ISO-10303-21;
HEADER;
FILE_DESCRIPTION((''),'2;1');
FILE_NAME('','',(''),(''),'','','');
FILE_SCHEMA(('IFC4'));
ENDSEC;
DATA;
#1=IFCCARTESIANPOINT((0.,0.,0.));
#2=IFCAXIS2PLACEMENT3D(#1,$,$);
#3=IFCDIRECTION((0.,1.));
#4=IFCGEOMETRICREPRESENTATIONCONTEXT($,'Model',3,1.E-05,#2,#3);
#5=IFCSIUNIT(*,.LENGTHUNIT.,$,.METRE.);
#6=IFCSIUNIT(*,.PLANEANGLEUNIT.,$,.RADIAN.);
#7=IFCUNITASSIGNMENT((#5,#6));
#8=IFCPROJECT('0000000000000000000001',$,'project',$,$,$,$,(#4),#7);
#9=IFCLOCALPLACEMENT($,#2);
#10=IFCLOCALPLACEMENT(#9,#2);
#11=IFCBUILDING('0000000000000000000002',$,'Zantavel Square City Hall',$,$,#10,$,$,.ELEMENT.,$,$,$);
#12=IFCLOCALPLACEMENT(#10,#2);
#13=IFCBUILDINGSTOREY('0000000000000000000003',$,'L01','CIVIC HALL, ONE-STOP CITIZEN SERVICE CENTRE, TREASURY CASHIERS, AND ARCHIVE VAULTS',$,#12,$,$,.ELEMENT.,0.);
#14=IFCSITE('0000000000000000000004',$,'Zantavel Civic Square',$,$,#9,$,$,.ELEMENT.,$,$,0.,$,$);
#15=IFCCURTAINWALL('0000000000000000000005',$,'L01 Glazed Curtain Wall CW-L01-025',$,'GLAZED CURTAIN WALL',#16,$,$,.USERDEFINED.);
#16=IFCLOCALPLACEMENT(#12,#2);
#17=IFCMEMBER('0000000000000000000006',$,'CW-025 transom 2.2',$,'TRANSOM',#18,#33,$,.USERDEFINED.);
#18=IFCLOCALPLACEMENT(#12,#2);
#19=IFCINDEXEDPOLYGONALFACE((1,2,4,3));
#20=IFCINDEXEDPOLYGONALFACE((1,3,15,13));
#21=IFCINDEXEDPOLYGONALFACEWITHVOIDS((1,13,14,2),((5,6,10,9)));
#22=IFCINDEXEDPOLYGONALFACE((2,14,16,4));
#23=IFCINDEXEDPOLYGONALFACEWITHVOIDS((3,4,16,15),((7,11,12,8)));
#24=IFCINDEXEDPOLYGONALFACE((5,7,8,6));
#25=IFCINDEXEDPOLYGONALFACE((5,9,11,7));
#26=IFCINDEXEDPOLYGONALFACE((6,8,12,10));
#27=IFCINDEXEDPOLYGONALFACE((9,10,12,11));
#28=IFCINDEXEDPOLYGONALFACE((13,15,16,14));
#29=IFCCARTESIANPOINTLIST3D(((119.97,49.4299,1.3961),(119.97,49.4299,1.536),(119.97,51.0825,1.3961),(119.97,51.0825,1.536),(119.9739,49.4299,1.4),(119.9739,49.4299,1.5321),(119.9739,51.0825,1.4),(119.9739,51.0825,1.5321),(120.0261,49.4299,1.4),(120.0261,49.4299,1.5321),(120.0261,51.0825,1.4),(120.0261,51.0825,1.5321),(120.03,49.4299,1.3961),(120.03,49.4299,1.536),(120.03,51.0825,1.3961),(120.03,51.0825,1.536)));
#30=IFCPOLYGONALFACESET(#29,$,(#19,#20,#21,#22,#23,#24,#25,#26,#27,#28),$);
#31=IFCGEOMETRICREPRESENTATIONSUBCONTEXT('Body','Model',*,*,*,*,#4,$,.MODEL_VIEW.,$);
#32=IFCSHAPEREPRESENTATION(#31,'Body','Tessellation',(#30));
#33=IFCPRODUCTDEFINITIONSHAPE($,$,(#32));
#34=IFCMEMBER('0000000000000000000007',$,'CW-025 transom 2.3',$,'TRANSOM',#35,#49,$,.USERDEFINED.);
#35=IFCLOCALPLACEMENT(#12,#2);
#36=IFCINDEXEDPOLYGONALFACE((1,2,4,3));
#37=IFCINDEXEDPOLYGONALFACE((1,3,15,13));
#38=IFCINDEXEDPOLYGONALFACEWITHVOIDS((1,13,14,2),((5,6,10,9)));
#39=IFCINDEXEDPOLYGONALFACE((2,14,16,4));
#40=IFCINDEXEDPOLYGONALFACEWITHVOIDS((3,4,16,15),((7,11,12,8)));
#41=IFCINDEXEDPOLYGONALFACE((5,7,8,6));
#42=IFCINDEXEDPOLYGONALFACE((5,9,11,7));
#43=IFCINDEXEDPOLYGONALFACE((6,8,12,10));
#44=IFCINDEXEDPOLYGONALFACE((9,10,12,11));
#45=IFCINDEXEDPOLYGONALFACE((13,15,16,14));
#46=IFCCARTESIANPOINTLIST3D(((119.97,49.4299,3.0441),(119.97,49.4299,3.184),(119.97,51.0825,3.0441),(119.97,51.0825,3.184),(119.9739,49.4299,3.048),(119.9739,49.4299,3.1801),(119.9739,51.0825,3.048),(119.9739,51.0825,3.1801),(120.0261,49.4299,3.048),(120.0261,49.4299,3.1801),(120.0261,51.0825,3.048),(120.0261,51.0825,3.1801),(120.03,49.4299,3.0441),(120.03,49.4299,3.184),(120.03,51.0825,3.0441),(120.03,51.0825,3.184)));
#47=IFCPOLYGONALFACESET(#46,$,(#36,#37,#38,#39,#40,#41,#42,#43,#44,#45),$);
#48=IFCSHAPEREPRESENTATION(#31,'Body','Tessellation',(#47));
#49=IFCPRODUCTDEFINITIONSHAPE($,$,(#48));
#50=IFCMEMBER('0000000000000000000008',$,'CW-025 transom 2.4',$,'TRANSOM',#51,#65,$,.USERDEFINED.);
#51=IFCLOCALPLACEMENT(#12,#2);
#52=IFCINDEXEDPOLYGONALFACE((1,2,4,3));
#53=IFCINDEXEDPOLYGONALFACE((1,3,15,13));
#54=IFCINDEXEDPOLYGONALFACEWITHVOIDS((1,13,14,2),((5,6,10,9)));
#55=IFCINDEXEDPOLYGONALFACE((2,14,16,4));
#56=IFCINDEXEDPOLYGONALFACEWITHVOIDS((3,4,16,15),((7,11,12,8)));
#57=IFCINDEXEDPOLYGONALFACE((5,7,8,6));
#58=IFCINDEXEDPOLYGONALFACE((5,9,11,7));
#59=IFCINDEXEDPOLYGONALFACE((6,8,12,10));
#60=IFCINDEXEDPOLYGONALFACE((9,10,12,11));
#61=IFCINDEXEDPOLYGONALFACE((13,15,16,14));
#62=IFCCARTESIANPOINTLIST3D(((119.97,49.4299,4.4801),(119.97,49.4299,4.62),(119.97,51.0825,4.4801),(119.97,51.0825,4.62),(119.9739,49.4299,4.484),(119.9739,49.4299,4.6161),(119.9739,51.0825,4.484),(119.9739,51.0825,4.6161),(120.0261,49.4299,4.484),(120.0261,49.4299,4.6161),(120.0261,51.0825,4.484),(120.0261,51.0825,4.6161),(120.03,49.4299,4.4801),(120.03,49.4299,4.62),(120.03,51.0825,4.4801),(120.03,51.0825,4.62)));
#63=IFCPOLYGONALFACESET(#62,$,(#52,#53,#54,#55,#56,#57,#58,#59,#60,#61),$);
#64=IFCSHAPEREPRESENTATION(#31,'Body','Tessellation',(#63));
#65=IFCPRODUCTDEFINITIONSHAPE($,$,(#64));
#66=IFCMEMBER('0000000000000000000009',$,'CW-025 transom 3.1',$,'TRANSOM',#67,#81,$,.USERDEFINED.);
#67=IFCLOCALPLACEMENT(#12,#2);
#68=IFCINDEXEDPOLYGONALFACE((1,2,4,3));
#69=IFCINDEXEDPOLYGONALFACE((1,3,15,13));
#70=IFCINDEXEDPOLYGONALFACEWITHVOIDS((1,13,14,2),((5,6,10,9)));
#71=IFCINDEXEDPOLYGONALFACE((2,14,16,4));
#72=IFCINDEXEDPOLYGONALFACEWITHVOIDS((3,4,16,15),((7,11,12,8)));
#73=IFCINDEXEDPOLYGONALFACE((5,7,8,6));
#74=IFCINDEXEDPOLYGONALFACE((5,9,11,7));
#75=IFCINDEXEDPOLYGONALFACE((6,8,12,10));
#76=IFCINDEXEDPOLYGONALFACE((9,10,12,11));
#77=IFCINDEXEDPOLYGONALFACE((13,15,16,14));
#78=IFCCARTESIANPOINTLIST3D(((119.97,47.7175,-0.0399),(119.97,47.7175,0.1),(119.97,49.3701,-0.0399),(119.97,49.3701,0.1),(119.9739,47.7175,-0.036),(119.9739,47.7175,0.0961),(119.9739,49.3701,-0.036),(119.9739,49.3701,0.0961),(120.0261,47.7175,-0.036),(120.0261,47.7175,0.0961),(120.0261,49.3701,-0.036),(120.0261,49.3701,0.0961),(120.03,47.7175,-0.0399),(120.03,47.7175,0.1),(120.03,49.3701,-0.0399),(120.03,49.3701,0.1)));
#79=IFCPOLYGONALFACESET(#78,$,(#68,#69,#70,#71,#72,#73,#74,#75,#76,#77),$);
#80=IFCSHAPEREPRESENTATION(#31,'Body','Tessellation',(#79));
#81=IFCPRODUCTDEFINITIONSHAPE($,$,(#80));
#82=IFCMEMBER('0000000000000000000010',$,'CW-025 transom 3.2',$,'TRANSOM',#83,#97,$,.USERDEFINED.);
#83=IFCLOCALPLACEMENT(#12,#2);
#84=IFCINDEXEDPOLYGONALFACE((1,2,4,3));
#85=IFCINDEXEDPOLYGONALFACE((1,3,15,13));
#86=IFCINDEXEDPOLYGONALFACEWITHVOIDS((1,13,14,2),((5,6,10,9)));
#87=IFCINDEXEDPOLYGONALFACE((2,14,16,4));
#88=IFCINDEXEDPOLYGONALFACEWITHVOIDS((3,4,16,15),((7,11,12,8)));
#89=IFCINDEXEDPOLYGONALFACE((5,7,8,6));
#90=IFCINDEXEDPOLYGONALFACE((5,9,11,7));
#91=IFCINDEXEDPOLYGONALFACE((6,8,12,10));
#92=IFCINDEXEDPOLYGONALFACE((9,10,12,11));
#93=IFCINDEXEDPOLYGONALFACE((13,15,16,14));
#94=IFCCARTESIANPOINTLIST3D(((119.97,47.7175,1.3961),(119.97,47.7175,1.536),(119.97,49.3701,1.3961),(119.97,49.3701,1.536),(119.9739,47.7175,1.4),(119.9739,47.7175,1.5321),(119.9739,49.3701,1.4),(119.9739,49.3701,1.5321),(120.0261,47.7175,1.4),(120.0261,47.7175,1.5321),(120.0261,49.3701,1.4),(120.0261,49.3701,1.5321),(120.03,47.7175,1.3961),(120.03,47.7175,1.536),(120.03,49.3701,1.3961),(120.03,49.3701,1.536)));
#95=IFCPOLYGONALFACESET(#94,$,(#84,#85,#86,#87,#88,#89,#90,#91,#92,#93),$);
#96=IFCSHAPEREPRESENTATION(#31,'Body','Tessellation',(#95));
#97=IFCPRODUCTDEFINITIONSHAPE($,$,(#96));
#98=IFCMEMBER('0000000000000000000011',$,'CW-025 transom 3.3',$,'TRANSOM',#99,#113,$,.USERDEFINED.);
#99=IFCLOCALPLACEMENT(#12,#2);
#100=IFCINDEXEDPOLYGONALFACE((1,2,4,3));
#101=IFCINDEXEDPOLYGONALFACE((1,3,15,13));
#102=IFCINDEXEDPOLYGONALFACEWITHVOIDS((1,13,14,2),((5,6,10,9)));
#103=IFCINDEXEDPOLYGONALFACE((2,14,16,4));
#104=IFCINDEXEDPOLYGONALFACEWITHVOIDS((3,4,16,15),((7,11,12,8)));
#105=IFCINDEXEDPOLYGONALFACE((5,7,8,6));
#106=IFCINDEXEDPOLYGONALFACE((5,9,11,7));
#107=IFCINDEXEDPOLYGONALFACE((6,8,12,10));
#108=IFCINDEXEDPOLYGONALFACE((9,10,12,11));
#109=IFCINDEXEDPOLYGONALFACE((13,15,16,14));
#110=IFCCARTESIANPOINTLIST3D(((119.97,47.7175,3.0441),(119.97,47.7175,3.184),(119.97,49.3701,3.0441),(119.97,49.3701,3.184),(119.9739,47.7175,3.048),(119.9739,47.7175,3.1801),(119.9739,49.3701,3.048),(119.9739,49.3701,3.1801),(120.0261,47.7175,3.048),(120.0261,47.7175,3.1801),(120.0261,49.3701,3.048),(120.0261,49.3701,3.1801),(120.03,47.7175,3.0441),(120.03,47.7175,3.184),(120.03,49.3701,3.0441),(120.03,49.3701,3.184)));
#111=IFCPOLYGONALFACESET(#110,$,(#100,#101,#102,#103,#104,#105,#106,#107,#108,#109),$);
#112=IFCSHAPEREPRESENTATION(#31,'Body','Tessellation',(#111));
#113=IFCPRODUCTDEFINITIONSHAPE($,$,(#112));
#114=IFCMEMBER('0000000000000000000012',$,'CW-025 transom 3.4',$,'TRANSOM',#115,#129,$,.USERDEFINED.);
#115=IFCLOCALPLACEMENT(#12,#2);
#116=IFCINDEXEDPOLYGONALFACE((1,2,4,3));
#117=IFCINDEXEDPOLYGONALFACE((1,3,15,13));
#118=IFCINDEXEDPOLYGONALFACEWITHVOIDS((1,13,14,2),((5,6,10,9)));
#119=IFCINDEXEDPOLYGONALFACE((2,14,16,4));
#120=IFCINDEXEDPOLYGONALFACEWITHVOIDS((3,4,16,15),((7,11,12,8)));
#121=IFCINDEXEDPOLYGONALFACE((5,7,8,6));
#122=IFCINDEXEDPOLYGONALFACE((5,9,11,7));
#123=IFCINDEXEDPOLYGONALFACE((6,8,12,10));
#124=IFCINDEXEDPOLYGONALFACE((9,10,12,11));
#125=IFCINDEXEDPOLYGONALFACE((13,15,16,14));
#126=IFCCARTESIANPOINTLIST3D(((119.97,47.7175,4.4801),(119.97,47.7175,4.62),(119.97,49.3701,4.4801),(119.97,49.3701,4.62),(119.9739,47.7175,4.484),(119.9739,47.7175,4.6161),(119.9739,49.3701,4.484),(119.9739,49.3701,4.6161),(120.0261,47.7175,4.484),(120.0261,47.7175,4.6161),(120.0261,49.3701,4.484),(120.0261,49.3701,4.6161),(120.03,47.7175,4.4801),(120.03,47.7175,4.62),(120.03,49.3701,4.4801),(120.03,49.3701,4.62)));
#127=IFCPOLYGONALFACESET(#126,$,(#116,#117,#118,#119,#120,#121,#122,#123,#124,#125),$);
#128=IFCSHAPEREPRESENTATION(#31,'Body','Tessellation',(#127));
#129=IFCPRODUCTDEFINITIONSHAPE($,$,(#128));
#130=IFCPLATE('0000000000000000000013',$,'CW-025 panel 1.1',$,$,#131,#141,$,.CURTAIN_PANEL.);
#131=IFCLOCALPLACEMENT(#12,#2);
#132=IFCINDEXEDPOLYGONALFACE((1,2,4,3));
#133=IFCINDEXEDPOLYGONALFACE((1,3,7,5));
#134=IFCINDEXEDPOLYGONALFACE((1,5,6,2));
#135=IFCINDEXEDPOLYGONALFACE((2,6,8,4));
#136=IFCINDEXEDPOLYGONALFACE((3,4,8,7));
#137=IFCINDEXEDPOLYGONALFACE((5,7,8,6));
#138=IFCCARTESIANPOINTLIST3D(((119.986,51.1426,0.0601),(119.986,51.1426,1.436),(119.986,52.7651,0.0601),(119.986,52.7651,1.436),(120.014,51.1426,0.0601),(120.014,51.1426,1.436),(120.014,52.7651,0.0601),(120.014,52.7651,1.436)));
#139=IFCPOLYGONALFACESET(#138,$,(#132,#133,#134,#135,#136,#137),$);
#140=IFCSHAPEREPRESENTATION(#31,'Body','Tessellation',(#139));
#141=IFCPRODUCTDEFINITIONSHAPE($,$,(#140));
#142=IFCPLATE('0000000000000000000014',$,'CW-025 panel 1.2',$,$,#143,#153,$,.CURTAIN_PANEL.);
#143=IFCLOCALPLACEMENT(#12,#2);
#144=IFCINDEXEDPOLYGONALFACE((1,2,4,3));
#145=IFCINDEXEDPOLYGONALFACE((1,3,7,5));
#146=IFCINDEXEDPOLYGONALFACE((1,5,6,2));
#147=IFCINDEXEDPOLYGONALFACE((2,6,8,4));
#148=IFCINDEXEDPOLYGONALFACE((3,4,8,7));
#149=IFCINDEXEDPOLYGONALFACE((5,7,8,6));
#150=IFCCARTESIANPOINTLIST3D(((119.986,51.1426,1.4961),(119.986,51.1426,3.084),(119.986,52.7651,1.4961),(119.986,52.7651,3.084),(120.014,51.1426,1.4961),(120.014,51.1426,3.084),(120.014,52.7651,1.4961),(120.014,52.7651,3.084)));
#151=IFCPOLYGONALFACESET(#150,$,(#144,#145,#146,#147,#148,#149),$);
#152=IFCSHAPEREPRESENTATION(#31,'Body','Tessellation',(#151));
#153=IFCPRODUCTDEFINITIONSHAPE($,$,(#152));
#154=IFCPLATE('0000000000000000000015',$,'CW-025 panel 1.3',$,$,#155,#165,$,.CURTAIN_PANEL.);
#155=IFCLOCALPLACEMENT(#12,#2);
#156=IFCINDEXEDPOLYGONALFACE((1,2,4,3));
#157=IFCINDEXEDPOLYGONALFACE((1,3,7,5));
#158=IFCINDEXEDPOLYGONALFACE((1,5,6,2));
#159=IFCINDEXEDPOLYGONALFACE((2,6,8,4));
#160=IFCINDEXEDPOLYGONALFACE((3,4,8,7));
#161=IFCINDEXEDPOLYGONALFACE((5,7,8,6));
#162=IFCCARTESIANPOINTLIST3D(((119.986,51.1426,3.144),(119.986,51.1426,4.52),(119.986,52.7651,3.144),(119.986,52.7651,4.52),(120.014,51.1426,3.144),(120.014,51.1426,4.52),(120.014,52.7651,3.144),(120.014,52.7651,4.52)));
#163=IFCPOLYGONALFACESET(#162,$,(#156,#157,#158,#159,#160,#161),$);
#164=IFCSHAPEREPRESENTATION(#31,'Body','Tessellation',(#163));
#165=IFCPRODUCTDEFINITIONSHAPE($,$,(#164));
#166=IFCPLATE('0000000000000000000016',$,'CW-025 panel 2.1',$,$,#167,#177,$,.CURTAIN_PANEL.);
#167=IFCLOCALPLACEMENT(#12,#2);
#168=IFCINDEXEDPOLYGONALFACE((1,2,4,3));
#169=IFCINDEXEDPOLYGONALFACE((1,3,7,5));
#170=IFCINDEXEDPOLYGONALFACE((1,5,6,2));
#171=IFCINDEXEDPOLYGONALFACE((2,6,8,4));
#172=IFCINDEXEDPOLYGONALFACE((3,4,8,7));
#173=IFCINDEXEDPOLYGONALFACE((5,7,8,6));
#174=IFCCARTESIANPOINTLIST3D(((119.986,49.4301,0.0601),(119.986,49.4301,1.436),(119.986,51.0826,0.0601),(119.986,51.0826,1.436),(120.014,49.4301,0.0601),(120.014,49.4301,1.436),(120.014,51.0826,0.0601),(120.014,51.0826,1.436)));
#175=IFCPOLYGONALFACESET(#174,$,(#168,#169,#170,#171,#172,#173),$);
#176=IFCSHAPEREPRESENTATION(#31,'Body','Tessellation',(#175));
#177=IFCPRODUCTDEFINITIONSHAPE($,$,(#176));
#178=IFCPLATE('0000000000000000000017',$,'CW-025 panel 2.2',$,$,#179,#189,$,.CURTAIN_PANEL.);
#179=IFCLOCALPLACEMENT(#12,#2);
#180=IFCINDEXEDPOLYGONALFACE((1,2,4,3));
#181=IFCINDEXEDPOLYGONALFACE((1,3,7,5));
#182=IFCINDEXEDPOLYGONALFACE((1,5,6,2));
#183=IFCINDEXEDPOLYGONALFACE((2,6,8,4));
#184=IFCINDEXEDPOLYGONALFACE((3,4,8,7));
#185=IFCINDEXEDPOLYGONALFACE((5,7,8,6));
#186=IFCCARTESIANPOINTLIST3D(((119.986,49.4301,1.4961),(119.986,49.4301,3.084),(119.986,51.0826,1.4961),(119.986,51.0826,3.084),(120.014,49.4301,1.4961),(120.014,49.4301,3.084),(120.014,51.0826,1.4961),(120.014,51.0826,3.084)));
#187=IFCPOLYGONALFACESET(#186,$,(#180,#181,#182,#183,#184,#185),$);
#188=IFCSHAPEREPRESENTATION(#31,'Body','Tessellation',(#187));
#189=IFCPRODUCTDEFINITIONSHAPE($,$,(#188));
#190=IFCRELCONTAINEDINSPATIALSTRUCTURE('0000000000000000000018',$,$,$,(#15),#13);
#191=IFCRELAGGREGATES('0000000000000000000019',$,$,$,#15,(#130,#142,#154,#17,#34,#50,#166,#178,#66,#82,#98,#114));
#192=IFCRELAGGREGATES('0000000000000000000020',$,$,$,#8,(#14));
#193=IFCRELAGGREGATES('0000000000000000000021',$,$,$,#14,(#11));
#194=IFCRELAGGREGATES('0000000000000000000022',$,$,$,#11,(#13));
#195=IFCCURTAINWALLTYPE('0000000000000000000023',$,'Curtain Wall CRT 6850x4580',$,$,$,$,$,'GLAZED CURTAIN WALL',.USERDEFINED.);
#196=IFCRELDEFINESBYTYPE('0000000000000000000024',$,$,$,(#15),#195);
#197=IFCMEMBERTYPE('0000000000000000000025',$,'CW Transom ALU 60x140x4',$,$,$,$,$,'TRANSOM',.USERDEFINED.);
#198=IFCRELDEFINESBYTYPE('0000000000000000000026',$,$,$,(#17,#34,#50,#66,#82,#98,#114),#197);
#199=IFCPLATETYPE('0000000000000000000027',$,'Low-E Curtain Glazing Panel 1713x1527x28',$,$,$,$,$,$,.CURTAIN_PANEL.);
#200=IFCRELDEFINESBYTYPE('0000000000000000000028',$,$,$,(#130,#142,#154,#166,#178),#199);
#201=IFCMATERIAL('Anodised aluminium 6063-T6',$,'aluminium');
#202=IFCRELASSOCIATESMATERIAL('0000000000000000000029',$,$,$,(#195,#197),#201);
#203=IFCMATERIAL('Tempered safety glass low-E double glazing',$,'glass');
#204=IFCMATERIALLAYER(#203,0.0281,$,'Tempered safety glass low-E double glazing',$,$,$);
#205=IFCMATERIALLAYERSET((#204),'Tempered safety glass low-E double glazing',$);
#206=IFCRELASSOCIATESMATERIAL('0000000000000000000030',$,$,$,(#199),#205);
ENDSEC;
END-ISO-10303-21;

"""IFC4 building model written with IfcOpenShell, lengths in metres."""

from ifc_helpers import new_model, si_unit, direction, frame, origin, origin_2d, place, context, subcontext, project, spatial, rectangle, hollow_rectangle, extrude, material, layer, layer_set, material_profile, profile_set, type_object, element, aggregate, save


model = new_model("IFC4")

# Units and contexts
model_context = context("Model", 3, precision=1e-05, world=origin(), true_north=direction((0.0, 1.0)))
body_context = subcontext(model_context, "Body", "Model", "MODEL_VIEW")
ifc_project = project(units=[si_unit("LENGTHUNIT", "METRE"), si_unit("PLANEANGLEUNIT", "RADIAN")], contexts=[model_context])

# Site, building, storey
site_placement = place(None, origin())
site = spatial("IfcSite", under=ifc_project, at=site_placement, Name="Zantavel Civic Square", CompositionType="ELEMENT", RefElevation=0.0)
building_placement = place(site_placement, origin())
building = spatial("IfcBuilding", under=site, at=building_placement, Name="Zantavel Square City Hall", CompositionType="ELEMENT")
storey_placement = place(building_placement, origin())
storey = spatial("IfcBuildingStorey", under=building, at=storey_placement, Name="L01", Description="CIVIC HALL, ONE-STOP CITIZEN SERVICE CENTRE, TREASURY CASHIERS, AND ARCHIVE VAULTS", CompositionType="ELEMENT", Elevation=0.0)

# Curtain wall, members, plates
ifc_material_1 = material(Name="Anodised aluminium 6063-T6", Category="aluminium")
curtain_wall_type = type_object("IfcCurtainWallType", Name="Curtain Wall CRT 6850x4580", ElementType="GLAZED CURTAIN WALL", PredefinedType="USERDEFINED", material=ifc_material_1)
curtain_wall_placement = place(storey_placement, origin())
curtain_wall = element("IfcCurtainWall", 1, at=curtain_wall_placement, inside=storey, type_object=curtain_wall_type, Name="L01 Glazed Curtain Wall CW-L01-025", ObjectType="GLAZED CURTAIN WALL", PredefinedType="USERDEFINED")
ifc_material_profile_1 = material_profile(ifc_material_1, hollow_rectangle(XDim=0.0601, YDim=0.1399, WallThickness=0.0039, at=origin_2d()), Name="ALU 60x140x4")
ifc_profile_set_1 = profile_set([ifc_material_profile_1], Name="Anodised aluminium 6063-T6")
member_type_1 = type_object("IfcMemberType", Name="CW Transom ALU 60x140x4", ElementType="TRANSOM", PredefinedType="USERDEFINED", material=ifc_profile_set_1)
member_1_placement = place(storey_placement, frame((120.0, 51.0825, 1.4661), z_axis=(0.0, -1.0, 0.0), x_axis=(1.0, 0.0, 0.0)))
member_1 = element("IfcMember", 2, at=member_1_placement, type_object=member_type_1, Name="CW-025 transom 2.2", ObjectType="TRANSOM", PredefinedType="USERDEFINED", context=body_context, shape_type="SweptSolid", body=[
    extrude(hollow_rectangle(XDim=0.0601, YDim=0.1399, WallThickness=0.0039, at=origin_2d()), origin(), (0.0, 0.0, 1.0), 1.6526),
])
member_2_placement = place(storey_placement, frame((120.0, 51.0825, 3.114), z_axis=(0.0, -1.0, 0.0), x_axis=(1.0, 0.0, 0.0)))
member_2 = element("IfcMember", 3, at=member_2_placement, type_object=member_type_1, Name="CW-025 transom 2.3", ObjectType="TRANSOM", PredefinedType="USERDEFINED", context=body_context, shape_type="SweptSolid", body=[
    extrude(hollow_rectangle(XDim=0.0601, YDim=0.1399, WallThickness=0.0039, at=origin_2d()), origin(), (0.0, 0.0, 1.0), 1.6526),
])
member_3_placement = place(storey_placement, frame((120.0, 51.0825, 4.55), z_axis=(0.0, -1.0, 0.0), x_axis=(1.0, 0.0, 0.0)))
member_3 = element("IfcMember", 4, at=member_3_placement, type_object=member_type_1, Name="CW-025 transom 2.4", ObjectType="TRANSOM", PredefinedType="USERDEFINED", context=body_context, shape_type="SweptSolid", body=[
    extrude(hollow_rectangle(XDim=0.0601, YDim=0.1399, WallThickness=0.0039, at=origin_2d()), origin(), (0.0, 0.0, 1.0), 1.6526),
])
member_4_placement = place(storey_placement, frame((120.0, 49.3701, 0.03), z_axis=(0.0, -1.0, 0.0), x_axis=(1.0, 0.0, 0.0)))
member_4 = element("IfcMember", 5, at=member_4_placement, type_object=member_type_1, Name="CW-025 transom 3.1", ObjectType="TRANSOM", PredefinedType="USERDEFINED", context=body_context, shape_type="SweptSolid", body=[
    extrude(hollow_rectangle(XDim=0.0601, YDim=0.1399, WallThickness=0.0039, at=origin_2d()), origin(), (0.0, 0.0, 1.0), 1.6526),
])
member_5_placement = place(storey_placement, frame((120.0, 49.3701, 1.4661), z_axis=(0.0, -1.0, 0.0), x_axis=(1.0, 0.0, 0.0)))
member_5 = element("IfcMember", 6, at=member_5_placement, type_object=member_type_1, Name="CW-025 transom 3.2", ObjectType="TRANSOM", PredefinedType="USERDEFINED", context=body_context, shape_type="SweptSolid", body=[
    extrude(hollow_rectangle(XDim=0.0601, YDim=0.1399, WallThickness=0.0039, at=origin_2d()), origin(), (0.0, 0.0, 1.0), 1.6526),
])
member_6_placement = place(storey_placement, frame((120.0, 49.3701, 3.114), z_axis=(0.0, -1.0, 0.0), x_axis=(1.0, 0.0, 0.0)))
member_6 = element("IfcMember", 7, at=member_6_placement, type_object=member_type_1, Name="CW-025 transom 3.3", ObjectType="TRANSOM", PredefinedType="USERDEFINED", context=body_context, shape_type="SweptSolid", body=[
    extrude(hollow_rectangle(XDim=0.0601, YDim=0.1399, WallThickness=0.0039, at=origin_2d()), origin(), (0.0, 0.0, 1.0), 1.6526),
])
member_7_placement = place(storey_placement, frame((120.0, 49.3701, 4.55), z_axis=(0.0, -1.0, 0.0), x_axis=(1.0, 0.0, 0.0)))
member_7 = element("IfcMember", 8, at=member_7_placement, type_object=member_type_1, Name="CW-025 transom 3.4", ObjectType="TRANSOM", PredefinedType="USERDEFINED", context=body_context, shape_type="SweptSolid", body=[
    extrude(hollow_rectangle(XDim=0.0601, YDim=0.1399, WallThickness=0.0039, at=origin_2d()), origin(), (0.0, 0.0, 1.0), 1.6526),
])
ifc_material_2 = material(Name="Tempered safety glass low-E double glazing", Category="glass")
ifc_layer = layer(ifc_material_2, 0.0281, Name="Tempered safety glass low-E double glazing")
ifc_layer_set = layer_set([ifc_layer], Name="Tempered safety glass low-E double glazing")
plate_type = type_object("IfcPlateType", Name="Low-E Curtain Glazing Panel 1713x1527x28", PredefinedType="CURTAIN_PANEL", material=ifc_layer_set)
plate_1_placement = place(storey_placement, frame((120.0, 51.9539, 0.0601), z_axis=(0.0, 0.0, 1.0), x_axis=(0.0, -1.0, 0.0)))
plate_1 = element("IfcPlate", 9, at=plate_1_placement, type_object=plate_type, Name="CW-025 panel 1.1", PredefinedType="CURTAIN_PANEL", context=body_context, shape_type="SweptSolid", body=[
    extrude(rectangle(XDim=1.6226, YDim=0.0281, at=origin_2d()), origin(), (0.0, 0.0, 1.0), 1.376),
])
plate_2_placement = place(storey_placement, frame((120.0, 51.9539, 1.4961), z_axis=(0.0, 0.0, 1.0), x_axis=(0.0, -1.0, 0.0)))
plate_2 = element("IfcPlate", 10, at=plate_2_placement, type_object=plate_type, Name="CW-025 panel 1.2", PredefinedType="CURTAIN_PANEL", context=body_context, shape_type="SweptSolid", body=[
    extrude(rectangle(XDim=1.6226, YDim=0.0281, at=origin_2d()), origin(), (0.0, 0.0, 1.0), 1.5879),
])
plate_3_placement = place(storey_placement, frame((120.0, 51.9539, 3.144), z_axis=(0.0, 0.0, 1.0), x_axis=(0.0, -1.0, 0.0)))
plate_3 = element("IfcPlate", 11, at=plate_3_placement, type_object=plate_type, Name="CW-025 panel 1.3", PredefinedType="CURTAIN_PANEL", context=body_context, shape_type="SweptSolid", body=[
    extrude(rectangle(XDim=1.6226, YDim=0.0281, at=origin_2d()), origin(), (0.0, 0.0, 1.0), 1.376),
])
plate_4_placement = place(storey_placement, frame((120.0, 50.2563, 0.0601), z_axis=(0.0, 0.0, 1.0), x_axis=(0.0, -1.0, 0.0)))
plate_4 = element("IfcPlate", 12, at=plate_4_placement, type_object=plate_type, Name="CW-025 panel 2.1", PredefinedType="CURTAIN_PANEL", context=body_context, shape_type="SweptSolid", body=[
    extrude(rectangle(XDim=1.6526, YDim=0.0281, at=origin_2d()), origin(), (0.0, 0.0, 1.0), 1.376),
])
plate_5_placement = place(storey_placement, frame((120.0, 50.2563, 1.4961), z_axis=(0.0, 0.0, 1.0), x_axis=(0.0, -1.0, 0.0)))
plate_5 = element("IfcPlate", 13, at=plate_5_placement, type_object=plate_type, Name="CW-025 panel 2.2", PredefinedType="CURTAIN_PANEL", context=body_context, shape_type="SweptSolid", body=[
    extrude(rectangle(XDim=1.6526, YDim=0.0281, at=origin_2d()), origin(), (0.0, 0.0, 1.0), 1.5879),
])
aggregate(curtain_wall, [plate_1, plate_2, plate_3, member_1, member_2, member_3, plate_4, plate_5, member_4, member_5, member_6, member_7])

save(model, "model.ifc")
